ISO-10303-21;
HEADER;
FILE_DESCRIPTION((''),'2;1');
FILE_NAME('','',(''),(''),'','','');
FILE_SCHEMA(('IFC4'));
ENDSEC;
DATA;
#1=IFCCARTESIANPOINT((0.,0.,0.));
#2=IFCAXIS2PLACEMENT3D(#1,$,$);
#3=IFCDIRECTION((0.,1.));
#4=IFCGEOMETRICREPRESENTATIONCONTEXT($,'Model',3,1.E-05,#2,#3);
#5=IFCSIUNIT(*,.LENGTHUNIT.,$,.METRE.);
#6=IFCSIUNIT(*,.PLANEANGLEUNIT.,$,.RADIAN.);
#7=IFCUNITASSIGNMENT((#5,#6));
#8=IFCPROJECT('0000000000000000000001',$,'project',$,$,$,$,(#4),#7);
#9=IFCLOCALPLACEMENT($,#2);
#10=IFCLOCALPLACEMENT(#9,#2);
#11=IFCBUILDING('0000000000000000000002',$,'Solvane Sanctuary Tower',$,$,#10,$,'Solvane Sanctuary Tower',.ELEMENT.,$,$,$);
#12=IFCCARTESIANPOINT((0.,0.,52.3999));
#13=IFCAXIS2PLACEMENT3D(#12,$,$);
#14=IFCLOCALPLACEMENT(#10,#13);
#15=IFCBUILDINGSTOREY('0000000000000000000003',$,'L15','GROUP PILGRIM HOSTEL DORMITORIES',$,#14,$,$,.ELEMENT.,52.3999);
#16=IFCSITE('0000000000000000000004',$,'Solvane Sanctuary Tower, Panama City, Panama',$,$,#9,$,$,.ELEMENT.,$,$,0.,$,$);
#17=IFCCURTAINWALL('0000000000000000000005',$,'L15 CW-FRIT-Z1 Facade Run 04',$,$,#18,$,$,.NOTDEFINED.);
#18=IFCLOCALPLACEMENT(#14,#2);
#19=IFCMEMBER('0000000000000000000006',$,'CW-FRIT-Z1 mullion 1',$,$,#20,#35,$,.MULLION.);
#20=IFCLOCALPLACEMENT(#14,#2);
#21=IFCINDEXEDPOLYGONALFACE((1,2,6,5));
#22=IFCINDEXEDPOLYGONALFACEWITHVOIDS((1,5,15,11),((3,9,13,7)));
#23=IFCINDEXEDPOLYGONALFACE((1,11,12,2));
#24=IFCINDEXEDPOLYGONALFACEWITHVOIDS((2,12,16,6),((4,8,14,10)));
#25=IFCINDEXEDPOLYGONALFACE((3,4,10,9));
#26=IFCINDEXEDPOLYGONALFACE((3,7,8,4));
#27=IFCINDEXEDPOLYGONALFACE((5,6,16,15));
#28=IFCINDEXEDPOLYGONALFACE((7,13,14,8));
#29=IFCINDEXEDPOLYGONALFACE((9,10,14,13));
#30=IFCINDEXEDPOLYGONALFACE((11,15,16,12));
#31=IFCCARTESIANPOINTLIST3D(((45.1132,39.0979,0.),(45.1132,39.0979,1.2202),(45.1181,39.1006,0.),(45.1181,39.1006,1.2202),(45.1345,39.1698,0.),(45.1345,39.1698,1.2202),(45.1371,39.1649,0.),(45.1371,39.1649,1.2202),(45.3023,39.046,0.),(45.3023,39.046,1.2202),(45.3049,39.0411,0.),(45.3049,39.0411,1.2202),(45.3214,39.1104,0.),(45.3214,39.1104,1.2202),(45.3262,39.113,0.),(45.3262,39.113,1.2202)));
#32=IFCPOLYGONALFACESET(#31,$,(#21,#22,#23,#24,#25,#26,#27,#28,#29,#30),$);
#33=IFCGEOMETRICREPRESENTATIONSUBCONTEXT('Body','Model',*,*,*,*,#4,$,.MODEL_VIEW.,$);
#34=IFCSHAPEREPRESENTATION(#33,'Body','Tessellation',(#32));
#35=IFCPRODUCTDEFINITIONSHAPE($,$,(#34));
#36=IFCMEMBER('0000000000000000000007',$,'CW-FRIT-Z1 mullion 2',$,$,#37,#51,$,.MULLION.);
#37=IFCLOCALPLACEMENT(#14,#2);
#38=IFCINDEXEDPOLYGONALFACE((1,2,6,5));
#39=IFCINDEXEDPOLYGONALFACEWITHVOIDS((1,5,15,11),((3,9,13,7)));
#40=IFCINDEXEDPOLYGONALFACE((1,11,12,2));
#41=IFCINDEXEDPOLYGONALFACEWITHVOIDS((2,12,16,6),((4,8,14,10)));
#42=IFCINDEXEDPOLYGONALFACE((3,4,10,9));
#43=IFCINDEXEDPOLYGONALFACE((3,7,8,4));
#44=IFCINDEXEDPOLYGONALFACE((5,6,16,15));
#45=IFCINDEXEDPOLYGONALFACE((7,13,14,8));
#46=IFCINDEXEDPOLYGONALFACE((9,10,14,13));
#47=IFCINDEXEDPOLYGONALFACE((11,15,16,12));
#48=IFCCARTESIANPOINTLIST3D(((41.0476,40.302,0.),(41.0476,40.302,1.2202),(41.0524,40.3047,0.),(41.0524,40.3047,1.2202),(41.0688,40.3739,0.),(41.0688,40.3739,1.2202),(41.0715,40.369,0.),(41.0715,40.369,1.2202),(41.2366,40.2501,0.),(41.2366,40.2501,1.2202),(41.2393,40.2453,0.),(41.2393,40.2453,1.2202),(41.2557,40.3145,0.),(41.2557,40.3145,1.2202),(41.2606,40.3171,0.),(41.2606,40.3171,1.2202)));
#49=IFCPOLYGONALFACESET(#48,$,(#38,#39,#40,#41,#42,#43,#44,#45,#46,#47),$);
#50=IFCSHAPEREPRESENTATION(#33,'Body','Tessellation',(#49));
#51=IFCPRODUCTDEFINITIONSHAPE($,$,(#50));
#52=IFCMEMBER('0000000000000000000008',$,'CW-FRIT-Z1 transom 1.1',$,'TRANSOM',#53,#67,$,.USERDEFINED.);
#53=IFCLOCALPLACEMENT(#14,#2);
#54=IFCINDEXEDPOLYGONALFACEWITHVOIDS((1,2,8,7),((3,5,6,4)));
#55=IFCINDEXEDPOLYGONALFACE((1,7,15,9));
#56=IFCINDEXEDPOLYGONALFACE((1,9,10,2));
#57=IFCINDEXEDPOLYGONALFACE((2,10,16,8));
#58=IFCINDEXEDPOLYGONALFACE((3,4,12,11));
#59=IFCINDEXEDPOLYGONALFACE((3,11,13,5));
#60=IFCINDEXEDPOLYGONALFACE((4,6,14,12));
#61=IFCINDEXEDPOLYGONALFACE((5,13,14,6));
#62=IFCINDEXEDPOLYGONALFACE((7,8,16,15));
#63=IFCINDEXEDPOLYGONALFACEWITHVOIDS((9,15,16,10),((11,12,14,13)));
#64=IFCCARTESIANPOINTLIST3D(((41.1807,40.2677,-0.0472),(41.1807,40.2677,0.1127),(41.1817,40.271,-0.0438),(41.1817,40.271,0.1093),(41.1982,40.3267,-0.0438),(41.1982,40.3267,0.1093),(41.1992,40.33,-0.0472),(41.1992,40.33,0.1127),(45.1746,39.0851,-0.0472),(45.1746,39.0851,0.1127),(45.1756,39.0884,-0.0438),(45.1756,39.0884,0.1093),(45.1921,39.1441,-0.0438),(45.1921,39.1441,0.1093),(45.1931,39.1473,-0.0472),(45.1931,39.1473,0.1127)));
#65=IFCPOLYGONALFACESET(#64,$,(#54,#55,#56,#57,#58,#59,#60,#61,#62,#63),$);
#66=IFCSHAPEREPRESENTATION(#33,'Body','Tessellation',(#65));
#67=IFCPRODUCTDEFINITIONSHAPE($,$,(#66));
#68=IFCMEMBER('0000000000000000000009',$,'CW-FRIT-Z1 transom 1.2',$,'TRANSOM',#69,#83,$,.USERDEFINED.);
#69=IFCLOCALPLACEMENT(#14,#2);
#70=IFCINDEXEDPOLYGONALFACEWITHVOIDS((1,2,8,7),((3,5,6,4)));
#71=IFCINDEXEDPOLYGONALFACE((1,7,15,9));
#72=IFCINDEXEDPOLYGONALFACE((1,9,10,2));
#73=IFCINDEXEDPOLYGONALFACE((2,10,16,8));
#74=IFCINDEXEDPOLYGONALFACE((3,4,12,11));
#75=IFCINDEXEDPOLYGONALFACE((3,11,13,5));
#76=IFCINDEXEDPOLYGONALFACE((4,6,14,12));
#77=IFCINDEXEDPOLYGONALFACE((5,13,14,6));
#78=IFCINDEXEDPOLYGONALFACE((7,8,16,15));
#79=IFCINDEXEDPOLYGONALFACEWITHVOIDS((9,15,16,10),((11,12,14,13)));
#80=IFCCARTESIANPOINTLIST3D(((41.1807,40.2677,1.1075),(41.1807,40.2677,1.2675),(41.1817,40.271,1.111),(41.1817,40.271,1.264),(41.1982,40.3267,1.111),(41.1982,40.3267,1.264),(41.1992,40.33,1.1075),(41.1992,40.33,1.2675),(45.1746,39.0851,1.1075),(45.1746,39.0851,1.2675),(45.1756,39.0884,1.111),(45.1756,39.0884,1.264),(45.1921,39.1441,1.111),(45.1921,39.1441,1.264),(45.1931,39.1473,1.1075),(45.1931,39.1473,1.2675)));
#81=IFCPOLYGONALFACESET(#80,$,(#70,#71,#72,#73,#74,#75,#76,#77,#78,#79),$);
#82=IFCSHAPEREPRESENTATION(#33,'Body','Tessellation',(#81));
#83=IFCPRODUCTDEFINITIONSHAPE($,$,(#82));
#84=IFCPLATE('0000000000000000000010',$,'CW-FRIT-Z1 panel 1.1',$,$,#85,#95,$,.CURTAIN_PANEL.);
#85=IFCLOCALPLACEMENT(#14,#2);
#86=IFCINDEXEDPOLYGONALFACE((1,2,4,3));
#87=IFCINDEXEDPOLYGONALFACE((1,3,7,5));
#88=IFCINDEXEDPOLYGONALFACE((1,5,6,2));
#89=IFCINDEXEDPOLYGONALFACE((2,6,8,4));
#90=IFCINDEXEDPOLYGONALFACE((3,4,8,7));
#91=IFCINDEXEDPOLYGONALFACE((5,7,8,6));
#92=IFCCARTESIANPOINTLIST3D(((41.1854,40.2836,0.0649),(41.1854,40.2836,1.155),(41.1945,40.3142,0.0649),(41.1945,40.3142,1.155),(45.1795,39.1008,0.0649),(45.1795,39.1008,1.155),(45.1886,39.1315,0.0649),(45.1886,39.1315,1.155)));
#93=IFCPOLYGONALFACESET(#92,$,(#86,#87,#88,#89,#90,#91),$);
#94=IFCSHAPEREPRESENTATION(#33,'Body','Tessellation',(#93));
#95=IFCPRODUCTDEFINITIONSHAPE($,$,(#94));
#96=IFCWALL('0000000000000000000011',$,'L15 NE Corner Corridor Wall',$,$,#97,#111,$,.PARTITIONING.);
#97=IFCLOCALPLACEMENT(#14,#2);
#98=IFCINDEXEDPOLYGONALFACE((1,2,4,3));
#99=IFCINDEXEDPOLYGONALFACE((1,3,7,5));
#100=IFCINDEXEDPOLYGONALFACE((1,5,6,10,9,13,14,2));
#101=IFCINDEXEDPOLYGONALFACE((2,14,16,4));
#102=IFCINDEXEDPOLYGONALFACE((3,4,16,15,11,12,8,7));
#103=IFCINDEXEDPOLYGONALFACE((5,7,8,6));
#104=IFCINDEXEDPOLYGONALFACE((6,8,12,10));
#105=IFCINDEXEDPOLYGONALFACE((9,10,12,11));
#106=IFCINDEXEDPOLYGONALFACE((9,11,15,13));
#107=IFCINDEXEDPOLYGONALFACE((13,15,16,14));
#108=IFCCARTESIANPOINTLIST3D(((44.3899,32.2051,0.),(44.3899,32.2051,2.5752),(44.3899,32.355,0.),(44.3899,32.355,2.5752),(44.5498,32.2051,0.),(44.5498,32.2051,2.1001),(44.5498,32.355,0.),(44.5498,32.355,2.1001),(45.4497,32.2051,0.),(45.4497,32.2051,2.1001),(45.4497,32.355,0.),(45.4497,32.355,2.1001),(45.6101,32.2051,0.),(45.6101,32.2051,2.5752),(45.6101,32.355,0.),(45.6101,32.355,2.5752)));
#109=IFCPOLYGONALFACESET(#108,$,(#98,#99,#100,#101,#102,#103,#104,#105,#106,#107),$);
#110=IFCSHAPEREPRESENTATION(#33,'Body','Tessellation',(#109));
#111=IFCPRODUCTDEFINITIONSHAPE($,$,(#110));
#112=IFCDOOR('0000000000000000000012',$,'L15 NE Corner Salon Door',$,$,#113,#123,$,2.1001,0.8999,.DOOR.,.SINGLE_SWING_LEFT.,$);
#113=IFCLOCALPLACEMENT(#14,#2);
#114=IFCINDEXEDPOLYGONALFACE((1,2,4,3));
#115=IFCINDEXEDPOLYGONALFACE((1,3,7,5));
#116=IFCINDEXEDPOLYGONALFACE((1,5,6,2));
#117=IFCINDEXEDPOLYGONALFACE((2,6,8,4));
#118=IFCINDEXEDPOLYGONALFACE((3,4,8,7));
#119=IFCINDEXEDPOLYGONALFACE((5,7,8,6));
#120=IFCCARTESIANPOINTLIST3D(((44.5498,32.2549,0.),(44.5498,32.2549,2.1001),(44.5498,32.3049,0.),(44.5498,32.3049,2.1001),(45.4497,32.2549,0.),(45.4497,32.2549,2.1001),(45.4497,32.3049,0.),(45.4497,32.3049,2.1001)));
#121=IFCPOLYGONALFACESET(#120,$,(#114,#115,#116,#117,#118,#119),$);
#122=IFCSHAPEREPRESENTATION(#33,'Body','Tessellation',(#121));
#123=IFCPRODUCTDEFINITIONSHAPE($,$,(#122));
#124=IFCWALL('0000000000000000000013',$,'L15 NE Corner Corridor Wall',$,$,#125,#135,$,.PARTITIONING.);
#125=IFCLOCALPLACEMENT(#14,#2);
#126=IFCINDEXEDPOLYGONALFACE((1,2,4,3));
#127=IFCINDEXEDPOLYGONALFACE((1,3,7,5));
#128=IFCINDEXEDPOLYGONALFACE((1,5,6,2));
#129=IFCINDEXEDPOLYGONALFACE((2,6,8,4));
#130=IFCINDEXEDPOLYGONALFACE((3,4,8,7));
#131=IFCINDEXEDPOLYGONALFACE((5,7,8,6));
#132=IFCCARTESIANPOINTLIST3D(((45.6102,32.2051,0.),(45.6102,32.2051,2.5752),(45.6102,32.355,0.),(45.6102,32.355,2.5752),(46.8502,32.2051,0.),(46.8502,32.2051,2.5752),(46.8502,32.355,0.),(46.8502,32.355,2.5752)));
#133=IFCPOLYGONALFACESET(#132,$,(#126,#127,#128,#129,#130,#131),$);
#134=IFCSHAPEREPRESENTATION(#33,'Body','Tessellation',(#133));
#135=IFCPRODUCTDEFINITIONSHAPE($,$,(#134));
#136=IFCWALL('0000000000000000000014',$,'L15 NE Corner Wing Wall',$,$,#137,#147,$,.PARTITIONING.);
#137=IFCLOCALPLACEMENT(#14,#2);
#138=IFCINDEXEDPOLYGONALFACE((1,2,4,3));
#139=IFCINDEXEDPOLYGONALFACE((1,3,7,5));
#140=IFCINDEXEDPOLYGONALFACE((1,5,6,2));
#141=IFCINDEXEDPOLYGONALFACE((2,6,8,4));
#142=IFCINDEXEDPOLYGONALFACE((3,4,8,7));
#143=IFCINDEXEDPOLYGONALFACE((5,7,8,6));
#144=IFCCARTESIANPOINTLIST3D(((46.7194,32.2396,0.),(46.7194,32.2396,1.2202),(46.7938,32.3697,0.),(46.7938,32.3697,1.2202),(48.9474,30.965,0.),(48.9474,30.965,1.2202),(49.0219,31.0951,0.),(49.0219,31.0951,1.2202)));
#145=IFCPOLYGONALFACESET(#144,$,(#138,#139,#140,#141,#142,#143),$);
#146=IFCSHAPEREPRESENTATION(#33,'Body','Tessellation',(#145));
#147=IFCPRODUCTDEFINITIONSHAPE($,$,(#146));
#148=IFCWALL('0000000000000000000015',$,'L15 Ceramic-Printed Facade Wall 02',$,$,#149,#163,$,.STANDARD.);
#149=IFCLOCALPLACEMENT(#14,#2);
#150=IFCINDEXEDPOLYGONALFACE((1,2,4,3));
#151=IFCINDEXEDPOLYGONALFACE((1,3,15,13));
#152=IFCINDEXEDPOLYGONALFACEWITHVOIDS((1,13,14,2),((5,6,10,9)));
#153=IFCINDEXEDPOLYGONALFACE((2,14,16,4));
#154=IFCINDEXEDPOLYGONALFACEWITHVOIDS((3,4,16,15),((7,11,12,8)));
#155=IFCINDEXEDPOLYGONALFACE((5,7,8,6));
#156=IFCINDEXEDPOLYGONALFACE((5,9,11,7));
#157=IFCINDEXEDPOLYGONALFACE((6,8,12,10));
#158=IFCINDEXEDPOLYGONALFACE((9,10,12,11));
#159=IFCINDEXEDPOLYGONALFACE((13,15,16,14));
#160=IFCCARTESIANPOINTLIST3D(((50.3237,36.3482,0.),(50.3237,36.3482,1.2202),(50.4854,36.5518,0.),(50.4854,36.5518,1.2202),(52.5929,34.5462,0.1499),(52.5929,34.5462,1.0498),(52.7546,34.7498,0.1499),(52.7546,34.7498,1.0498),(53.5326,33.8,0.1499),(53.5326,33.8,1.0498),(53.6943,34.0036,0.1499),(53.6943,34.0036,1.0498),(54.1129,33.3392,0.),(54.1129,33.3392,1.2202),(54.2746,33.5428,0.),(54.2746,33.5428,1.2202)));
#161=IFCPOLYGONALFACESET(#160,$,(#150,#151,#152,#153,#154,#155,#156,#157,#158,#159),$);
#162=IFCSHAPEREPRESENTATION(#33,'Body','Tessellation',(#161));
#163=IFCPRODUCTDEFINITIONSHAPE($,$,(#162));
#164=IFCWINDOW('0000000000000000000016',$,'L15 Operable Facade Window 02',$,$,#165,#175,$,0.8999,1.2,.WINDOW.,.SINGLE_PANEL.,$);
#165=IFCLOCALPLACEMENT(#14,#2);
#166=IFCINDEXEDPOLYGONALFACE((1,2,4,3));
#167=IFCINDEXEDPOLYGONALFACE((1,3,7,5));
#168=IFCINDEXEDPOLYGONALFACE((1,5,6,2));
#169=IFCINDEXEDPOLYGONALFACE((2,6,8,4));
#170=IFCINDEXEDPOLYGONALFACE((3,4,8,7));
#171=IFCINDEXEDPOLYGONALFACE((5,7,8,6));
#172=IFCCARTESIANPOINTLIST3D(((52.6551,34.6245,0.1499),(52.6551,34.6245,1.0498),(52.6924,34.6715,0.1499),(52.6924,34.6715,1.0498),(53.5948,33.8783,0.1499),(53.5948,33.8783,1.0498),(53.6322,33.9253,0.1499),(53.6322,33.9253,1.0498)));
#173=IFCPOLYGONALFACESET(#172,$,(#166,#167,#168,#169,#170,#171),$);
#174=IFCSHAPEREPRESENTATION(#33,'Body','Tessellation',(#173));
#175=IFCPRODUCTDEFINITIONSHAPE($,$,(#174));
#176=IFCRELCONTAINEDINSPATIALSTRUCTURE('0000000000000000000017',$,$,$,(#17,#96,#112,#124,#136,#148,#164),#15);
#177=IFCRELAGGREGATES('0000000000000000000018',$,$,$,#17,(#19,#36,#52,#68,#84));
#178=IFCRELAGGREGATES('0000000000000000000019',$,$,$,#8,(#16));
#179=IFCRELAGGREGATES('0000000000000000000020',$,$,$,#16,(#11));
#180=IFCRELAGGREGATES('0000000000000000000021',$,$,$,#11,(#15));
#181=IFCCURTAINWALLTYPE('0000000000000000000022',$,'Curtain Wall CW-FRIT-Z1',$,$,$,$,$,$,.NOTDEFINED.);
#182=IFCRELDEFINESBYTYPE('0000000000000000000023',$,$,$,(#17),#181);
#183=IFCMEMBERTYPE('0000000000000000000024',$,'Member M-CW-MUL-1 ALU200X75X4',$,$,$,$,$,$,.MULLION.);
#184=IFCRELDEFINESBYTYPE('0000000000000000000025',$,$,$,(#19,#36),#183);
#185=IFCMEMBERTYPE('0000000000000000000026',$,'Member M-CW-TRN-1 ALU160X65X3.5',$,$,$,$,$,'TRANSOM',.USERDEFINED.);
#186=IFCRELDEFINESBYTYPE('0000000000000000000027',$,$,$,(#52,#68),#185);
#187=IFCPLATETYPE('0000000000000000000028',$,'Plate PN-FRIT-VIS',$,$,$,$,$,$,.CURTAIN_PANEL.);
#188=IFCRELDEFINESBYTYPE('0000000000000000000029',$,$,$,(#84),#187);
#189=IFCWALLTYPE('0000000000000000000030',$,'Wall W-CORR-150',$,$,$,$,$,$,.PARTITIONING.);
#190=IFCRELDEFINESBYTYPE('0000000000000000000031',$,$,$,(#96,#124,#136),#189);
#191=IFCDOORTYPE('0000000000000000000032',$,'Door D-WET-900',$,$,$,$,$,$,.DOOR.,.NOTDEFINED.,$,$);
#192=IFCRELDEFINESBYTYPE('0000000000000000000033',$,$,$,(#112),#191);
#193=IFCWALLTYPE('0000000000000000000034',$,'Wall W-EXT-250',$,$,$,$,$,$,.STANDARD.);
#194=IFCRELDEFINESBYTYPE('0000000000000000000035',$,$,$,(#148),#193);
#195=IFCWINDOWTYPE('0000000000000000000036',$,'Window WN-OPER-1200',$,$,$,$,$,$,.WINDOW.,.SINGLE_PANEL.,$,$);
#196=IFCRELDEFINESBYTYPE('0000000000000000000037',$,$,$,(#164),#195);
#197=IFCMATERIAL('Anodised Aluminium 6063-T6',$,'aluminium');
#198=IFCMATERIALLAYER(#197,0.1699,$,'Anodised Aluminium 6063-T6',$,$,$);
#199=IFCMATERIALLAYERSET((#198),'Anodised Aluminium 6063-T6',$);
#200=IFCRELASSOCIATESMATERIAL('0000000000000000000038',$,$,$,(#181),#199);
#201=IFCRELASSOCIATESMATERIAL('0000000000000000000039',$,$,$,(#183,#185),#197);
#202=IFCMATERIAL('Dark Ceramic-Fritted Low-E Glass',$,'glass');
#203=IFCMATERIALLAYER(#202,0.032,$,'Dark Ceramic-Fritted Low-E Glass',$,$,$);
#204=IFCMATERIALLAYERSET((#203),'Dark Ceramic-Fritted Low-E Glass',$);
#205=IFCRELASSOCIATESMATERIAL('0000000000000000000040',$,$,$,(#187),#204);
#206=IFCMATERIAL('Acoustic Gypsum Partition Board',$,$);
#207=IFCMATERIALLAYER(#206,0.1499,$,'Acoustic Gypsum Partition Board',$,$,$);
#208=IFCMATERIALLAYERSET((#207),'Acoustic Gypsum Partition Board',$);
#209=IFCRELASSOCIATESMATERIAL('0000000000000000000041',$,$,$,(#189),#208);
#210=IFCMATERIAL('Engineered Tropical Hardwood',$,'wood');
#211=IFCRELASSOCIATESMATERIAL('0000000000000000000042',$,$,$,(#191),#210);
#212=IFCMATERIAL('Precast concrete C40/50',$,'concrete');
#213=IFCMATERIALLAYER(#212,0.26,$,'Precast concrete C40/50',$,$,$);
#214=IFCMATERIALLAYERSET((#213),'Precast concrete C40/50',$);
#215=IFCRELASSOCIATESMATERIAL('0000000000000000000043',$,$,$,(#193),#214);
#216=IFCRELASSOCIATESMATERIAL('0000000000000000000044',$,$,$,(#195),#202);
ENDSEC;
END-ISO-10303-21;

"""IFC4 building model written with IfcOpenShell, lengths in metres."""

from ifc_helpers import new_model, si_unit, direction, frame, frame_2d, origin, origin_2d, place, context, subcontext, project, spatial, rectangle, hollow_rectangle, extrude, material, layer, layer_set, material_profile, profile_set, type_object, element, fill, aggregate, save


model = new_model("IFC4")

# Units and contexts
model_context = context("Model", 3, precision=1e-05, world=origin(), true_north=direction((0.0, 1.0)))
body_context = subcontext(model_context, "Body", "Model", "MODEL_VIEW")
ifc_project = project(units=[si_unit("LENGTHUNIT", "METRE"), si_unit("PLANEANGLEUNIT", "RADIAN")], contexts=[model_context])

# Site, building, storey
site_placement = place(None, origin())
site = spatial("IfcSite", under=ifc_project, at=site_placement, Name="Solvane Sanctuary Tower, Panama City, Panama", CompositionType="ELEMENT", RefElevation=0.0)
building_placement = place(site_placement, origin())
building = spatial("IfcBuilding", under=site, at=building_placement, Name="Solvane Sanctuary Tower", LongName="Solvane Sanctuary Tower", CompositionType="ELEMENT")
storey_placement = place(building_placement, frame((0.0, 0.0, 52.3999)))
storey = spatial("IfcBuildingStorey", under=building, at=storey_placement, Name="L15", Description="GROUP PILGRIM HOSTEL DORMITORIES", CompositionType="ELEMENT", Elevation=52.3999)

# Curtain wall, members, plate
ifc_material_1 = material(Name="Anodised Aluminium 6063-T6", Category="aluminium")
ifc_layer_1 = layer(ifc_material_1, 0.1699, Name="Anodised Aluminium 6063-T6")
ifc_layer_set_1 = layer_set([ifc_layer_1], Name="Anodised Aluminium 6063-T6")
curtain_wall_type = type_object("IfcCurtainWallType", Name="Curtain Wall CW-FRIT-Z1", PredefinedType="NOTDEFINED", material=ifc_layer_set_1)
curtain_wall_placement = place(storey_placement, origin())
curtain_wall = element("IfcCurtainWall", 1, at=curtain_wall_placement, inside=storey, type_object=curtain_wall_type, Name="L15 CW-FRIT-Z1 Facade Run 04", PredefinedType="NOTDEFINED")
ifc_material_profile_1 = material_profile(ifc_material_1, hollow_rectangle(XDim=0.075, YDim=0.2, WallThickness=0.0039, at=origin_2d()), Name="ALU200X75X4")
ifc_profile_set_1 = profile_set([ifc_material_profile_1], Name="Anodised Aluminium 6063-T6")
member_type_1 = type_object("IfcMemberType", Name="Member M-CW-MUL-1 ALU200X75X4", PredefinedType="MULLION", material=ifc_profile_set_1)
member_1_placement = place(storey_placement, frame((45.2197, 39.1055, 0.0), z_axis=(0.0, 0.0, 1.0), x_axis=(-0.283936, -0.958843, 0.0)))
member_1 = element("IfcMember", 2, at=member_1_placement, type_object=member_type_1, Name="CW-FRIT-Z1 mullion 1", PredefinedType="MULLION", context=body_context, shape_type="SweptSolid", body=[
    extrude(hollow_rectangle(XDim=0.075, YDim=0.2, WallThickness=0.0039, at=origin_2d()), origin(), (0.0, 0.0, 1.0), 1.2202),
])
member_2_placement = place(storey_placement, frame((41.1541, 40.3096, 0.0), z_axis=(0.0, 0.0, 1.0), x_axis=(-0.283936, -0.958843, 0.0)))
member_2 = element("IfcMember", 3, at=member_2_placement, type_object=member_type_1, Name="CW-FRIT-Z1 mullion 2", PredefinedType="MULLION", context=body_context, shape_type="SweptSolid", body=[
    extrude(hollow_rectangle(XDim=0.075, YDim=0.2, WallThickness=0.0039, at=origin_2d()), origin(), (0.0, 0.0, 1.0), 1.2202),
])
ifc_material_profile_2 = material_profile(ifc_material_1, hollow_rectangle(XDim=0.0649, YDim=0.1599, WallThickness=0.0034, at=origin_2d()), Name="ALU160X65X3.5")
ifc_profile_set_2 = profile_set([ifc_material_profile_2], Name="Anodised Aluminium 6063-T6")
member_type_2 = type_object("IfcMemberType", Name="Member M-CW-TRN-1 ALU160X65X3.5", ElementType="TRANSOM", PredefinedType="USERDEFINED", material=ifc_profile_set_2)
member_3_placement = place(storey_placement, frame((45.1838, 39.1162, 0.0327), z_axis=(-0.958848, 0.283921, 0.0), x_axis=(-0.283921, -0.958848, 0.0)))
member_3 = element("IfcMember", 4, at=member_3_placement, type_object=member_type_2, Name="CW-FRIT-Z1 transom 1.1", ObjectType="TRANSOM", PredefinedType="USERDEFINED", context=body_context, shape_type="SweptSolid", body=[
    extrude(hollow_rectangle(XDim=0.0649, YDim=0.1599, WallThickness=0.0034, at=origin_2d()), origin(), (0.0, 0.0, 1.0), 4.1653),
])
member_4_placement = place(storey_placement, frame((45.1838, 39.1162, 1.1875), z_axis=(-0.958848, 0.283921, 0.0), x_axis=(-0.283921, -0.958848, 0.0)))
member_4 = element("IfcMember", 5, at=member_4_placement, type_object=member_type_2, Name="CW-FRIT-Z1 transom 1.2", ObjectType="TRANSOM", PredefinedType="USERDEFINED", context=body_context, shape_type="SweptSolid", body=[
    extrude(hollow_rectangle(XDim=0.0649, YDim=0.1599, WallThickness=0.0034, at=origin_2d()), origin(), (0.0, 0.0, 1.0), 4.1653),
])
ifc_material_2 = material(Name="Dark Ceramic-Fritted Low-E Glass", Category="glass")
ifc_layer_2 = layer(ifc_material_2, 0.032, Name="Dark Ceramic-Fritted Low-E Glass")
ifc_layer_set_2 = layer_set([ifc_layer_2], Name="Dark Ceramic-Fritted Low-E Glass")
plate_type = type_object("IfcPlateType", Name="Plate PN-FRIT-VIS", PredefinedType="CURTAIN_PANEL", material=ifc_layer_set_2)
plate_placement = place(storey_placement, frame((43.187, 39.7075, 0.0649), z_axis=(0.0, 0.0, 1.0), x_axis=(-0.958843, 0.283936, 0.0)))
plate = element("IfcPlate", 6, at=plate_placement, type_object=plate_type, Name="CW-FRIT-Z1 panel 1.1", PredefinedType="CURTAIN_PANEL", context=body_context, shape_type="SweptSolid", body=[
    extrude(rectangle(XDim=4.1655, YDim=0.032, at=origin_2d()), origin(), (0.0, 0.0, 1.0), 1.0901),
])
aggregate(curtain_wall, [member_1, member_2, member_3, member_4, plate])

# Wall, opening, door
ifc_material_3 = material(Name="Acoustic Gypsum Partition Board")
ifc_layer_3 = layer(ifc_material_3, 0.1499, Name="Acoustic Gypsum Partition Board")
ifc_layer_set_3 = layer_set([ifc_layer_3], Name="Acoustic Gypsum Partition Board")
wall_type_1 = type_object("IfcWallType", Name="Wall W-CORR-150", PredefinedType="PARTITIONING", material=ifc_layer_set_3)
wall_1_placement = place(storey_placement, frame((44.3899, 32.28, 0.0), z_axis=(0.0, 0.0, 1.0), x_axis=(1.0, 0.0, 0.0)))
wall_1 = element("IfcWall", 7, at=wall_1_placement, inside=storey, type_object=wall_type_1, Name="L15 NE Corner Corridor Wall", PredefinedType="PARTITIONING", context=body_context, shape_type="SweptSolid", body=[
    extrude(rectangle(XDim=1.2202, YDim=0.1499, at=frame_2d((0.6101, 0.0))), origin(), (0.0, 0.0, 1.0), 2.5752),
])
opening_1_placement = place(wall_1_placement, frame((0.1599, 0.0, 0.0)))
opening_1 = element("IfcOpeningElement", 8, at=opening_1_placement, cuts=wall_1, PredefinedType="OPENING", context=body_context, shape_type="SweptSolid", body=[
    extrude(rectangle(XDim=0.8999, YDim=2.1001, at=frame_2d((0.45, 1.05))), frame((0.0, 0.085, 0.0), z_axis=(0.0, -1.0, 0.0), x_axis=(1.0, 0.0, 0.0)), (0.0, 0.0, 1.0), 0.1699),
])
ifc_material_4 = material(Name="Engineered Tropical Hardwood", Category="wood")
door_type_1 = type_object("IfcDoorType", Name="Door D-WET-900", OperationType="NOTDEFINED", PredefinedType="DOOR", material=ifc_material_4)
door_1_placement = place(opening_1_placement, origin())
door_1 = element("IfcDoor", 9, at=door_1_placement, inside=storey, type_object=door_type_1, Name="L15 NE Corner Salon Door", OperationType="SINGLE_SWING_LEFT", OverallHeight=2.1001, OverallWidth=0.8999, PredefinedType="DOOR", context=body_context, shape_type="SweptSolid", body=[
    extrude(rectangle(XDim=0.8999, YDim=2.1001, at=frame_2d((0.45, 1.05))), frame((0.0, 0.0249, 0.0), z_axis=(0.0, -1.0, 0.0), x_axis=(1.0, 0.0, 0.0)), (0.0, 0.0, 1.0), 0.05),
])
fill(opening_1, door_1)

# Walls
wall_2_placement = place(storey_placement, frame((45.6101, 32.28, 0.0), z_axis=(0.0, 0.0, 1.0), x_axis=(1.0, 0.0, 0.0)))
element("IfcWall", 10, at=wall_2_placement, inside=storey, type_object=wall_type_1, Name="L15 NE Corner Corridor Wall", PredefinedType="PARTITIONING", context=body_context, shape_type="SweptSolid", body=[
    extrude(rectangle(XDim=1.24, YDim=0.1499, at=frame_2d((0.6201, 0.0))), origin(), (0.0, 0.0, 1.0), 2.5752),
])
wall_3_placement = place(storey_placement, frame((46.7566, 32.3047, 0.0), z_axis=(0.0, 0.0, 1.0), x_axis=(0.867991, -0.496579, 0.0)))
element("IfcWall", 11, at=wall_3_placement, inside=storey, type_object=wall_type_1, Name="L15 NE Corner Wing Wall", PredefinedType="PARTITIONING", context=body_context, shape_type="SweptSolid", body=[
    extrude(rectangle(XDim=2.5669, YDim=0.1499, at=frame_2d((1.2834, 0.0))), origin(), (0.0, 0.0, 1.0), 1.2202),
])

# Wall, opening, window
ifc_material_5 = material(Name="Precast concrete C40/50", Category="concrete")
ifc_layer_4 = layer(ifc_material_5, 0.26, Name="Precast concrete C40/50")
ifc_layer_set_4 = layer_set([ifc_layer_4], Name="Precast concrete C40/50")
wall_type_2 = type_object("IfcWallType", Name="Wall W-EXT-250", PredefinedType="STANDARD", material=ifc_layer_set_4)
wall_4_placement = place(storey_placement, frame((54.1938, 33.4409, 0.0), z_axis=(0.0, 0.0, 1.0), x_axis=(-0.783123, 0.621867, 0.0)))
wall_4 = element("IfcWall", 12, at=wall_4_placement, inside=storey, type_object=wall_type_2, Name="L15 Ceramic-Printed Facade Wall 02", PredefinedType="STANDARD", context=body_context, shape_type="SweptSolid", body=[
    extrude(rectangle(XDim=4.8386, YDim=0.26, at=frame_2d((2.4194, 0.0))), origin(), (0.0, 0.0, 1.0), 1.2202),
])
opening_2_placement = place(wall_4_placement, frame((0.741, 0.0, 0.1499)))
opening_2 = element("IfcOpeningElement", 13, at=opening_2_placement, cuts=wall_4, PredefinedType="OPENING", context=body_context, shape_type="SweptSolid", body=[
    extrude(rectangle(XDim=1.2, YDim=0.8999, at=frame_2d((0.6001, 0.45))), frame((0.0, 0.1399, 0.0), z_axis=(0.0, -1.0, 0.0), x_axis=(1.0, 0.0, 0.0)), (0.0, 0.0, 1.0), 0.28),
])
window_type = type_object("IfcWindowType", Name="Window WN-OPER-1200", PartitioningType="SINGLE_PANEL", PredefinedType="WINDOW", material=ifc_material_2)
window_1_placement = place(opening_2_placement, origin())
window_1 = element("IfcWindow", 14, at=window_1_placement, inside=storey, type_object=window_type, Name="L15 Operable Facade Window 02", OverallHeight=0.8999, OverallWidth=1.2, PartitioningType="SINGLE_PANEL", PredefinedType="WINDOW", context=body_context, shape_type="SweptSolid", body=[
    extrude(rectangle(XDim=1.2, YDim=0.8999, at=frame_2d((0.6001, 0.45))), frame((0.0, 0.03, 0.0), z_axis=(0.0, -1.0, 0.0), x_axis=(1.0, 0.0, 0.0)), (0.0, 0.0, 1.0), 0.0601),
])
fill(opening_2, window_1)

save(model, "model.ifc")
